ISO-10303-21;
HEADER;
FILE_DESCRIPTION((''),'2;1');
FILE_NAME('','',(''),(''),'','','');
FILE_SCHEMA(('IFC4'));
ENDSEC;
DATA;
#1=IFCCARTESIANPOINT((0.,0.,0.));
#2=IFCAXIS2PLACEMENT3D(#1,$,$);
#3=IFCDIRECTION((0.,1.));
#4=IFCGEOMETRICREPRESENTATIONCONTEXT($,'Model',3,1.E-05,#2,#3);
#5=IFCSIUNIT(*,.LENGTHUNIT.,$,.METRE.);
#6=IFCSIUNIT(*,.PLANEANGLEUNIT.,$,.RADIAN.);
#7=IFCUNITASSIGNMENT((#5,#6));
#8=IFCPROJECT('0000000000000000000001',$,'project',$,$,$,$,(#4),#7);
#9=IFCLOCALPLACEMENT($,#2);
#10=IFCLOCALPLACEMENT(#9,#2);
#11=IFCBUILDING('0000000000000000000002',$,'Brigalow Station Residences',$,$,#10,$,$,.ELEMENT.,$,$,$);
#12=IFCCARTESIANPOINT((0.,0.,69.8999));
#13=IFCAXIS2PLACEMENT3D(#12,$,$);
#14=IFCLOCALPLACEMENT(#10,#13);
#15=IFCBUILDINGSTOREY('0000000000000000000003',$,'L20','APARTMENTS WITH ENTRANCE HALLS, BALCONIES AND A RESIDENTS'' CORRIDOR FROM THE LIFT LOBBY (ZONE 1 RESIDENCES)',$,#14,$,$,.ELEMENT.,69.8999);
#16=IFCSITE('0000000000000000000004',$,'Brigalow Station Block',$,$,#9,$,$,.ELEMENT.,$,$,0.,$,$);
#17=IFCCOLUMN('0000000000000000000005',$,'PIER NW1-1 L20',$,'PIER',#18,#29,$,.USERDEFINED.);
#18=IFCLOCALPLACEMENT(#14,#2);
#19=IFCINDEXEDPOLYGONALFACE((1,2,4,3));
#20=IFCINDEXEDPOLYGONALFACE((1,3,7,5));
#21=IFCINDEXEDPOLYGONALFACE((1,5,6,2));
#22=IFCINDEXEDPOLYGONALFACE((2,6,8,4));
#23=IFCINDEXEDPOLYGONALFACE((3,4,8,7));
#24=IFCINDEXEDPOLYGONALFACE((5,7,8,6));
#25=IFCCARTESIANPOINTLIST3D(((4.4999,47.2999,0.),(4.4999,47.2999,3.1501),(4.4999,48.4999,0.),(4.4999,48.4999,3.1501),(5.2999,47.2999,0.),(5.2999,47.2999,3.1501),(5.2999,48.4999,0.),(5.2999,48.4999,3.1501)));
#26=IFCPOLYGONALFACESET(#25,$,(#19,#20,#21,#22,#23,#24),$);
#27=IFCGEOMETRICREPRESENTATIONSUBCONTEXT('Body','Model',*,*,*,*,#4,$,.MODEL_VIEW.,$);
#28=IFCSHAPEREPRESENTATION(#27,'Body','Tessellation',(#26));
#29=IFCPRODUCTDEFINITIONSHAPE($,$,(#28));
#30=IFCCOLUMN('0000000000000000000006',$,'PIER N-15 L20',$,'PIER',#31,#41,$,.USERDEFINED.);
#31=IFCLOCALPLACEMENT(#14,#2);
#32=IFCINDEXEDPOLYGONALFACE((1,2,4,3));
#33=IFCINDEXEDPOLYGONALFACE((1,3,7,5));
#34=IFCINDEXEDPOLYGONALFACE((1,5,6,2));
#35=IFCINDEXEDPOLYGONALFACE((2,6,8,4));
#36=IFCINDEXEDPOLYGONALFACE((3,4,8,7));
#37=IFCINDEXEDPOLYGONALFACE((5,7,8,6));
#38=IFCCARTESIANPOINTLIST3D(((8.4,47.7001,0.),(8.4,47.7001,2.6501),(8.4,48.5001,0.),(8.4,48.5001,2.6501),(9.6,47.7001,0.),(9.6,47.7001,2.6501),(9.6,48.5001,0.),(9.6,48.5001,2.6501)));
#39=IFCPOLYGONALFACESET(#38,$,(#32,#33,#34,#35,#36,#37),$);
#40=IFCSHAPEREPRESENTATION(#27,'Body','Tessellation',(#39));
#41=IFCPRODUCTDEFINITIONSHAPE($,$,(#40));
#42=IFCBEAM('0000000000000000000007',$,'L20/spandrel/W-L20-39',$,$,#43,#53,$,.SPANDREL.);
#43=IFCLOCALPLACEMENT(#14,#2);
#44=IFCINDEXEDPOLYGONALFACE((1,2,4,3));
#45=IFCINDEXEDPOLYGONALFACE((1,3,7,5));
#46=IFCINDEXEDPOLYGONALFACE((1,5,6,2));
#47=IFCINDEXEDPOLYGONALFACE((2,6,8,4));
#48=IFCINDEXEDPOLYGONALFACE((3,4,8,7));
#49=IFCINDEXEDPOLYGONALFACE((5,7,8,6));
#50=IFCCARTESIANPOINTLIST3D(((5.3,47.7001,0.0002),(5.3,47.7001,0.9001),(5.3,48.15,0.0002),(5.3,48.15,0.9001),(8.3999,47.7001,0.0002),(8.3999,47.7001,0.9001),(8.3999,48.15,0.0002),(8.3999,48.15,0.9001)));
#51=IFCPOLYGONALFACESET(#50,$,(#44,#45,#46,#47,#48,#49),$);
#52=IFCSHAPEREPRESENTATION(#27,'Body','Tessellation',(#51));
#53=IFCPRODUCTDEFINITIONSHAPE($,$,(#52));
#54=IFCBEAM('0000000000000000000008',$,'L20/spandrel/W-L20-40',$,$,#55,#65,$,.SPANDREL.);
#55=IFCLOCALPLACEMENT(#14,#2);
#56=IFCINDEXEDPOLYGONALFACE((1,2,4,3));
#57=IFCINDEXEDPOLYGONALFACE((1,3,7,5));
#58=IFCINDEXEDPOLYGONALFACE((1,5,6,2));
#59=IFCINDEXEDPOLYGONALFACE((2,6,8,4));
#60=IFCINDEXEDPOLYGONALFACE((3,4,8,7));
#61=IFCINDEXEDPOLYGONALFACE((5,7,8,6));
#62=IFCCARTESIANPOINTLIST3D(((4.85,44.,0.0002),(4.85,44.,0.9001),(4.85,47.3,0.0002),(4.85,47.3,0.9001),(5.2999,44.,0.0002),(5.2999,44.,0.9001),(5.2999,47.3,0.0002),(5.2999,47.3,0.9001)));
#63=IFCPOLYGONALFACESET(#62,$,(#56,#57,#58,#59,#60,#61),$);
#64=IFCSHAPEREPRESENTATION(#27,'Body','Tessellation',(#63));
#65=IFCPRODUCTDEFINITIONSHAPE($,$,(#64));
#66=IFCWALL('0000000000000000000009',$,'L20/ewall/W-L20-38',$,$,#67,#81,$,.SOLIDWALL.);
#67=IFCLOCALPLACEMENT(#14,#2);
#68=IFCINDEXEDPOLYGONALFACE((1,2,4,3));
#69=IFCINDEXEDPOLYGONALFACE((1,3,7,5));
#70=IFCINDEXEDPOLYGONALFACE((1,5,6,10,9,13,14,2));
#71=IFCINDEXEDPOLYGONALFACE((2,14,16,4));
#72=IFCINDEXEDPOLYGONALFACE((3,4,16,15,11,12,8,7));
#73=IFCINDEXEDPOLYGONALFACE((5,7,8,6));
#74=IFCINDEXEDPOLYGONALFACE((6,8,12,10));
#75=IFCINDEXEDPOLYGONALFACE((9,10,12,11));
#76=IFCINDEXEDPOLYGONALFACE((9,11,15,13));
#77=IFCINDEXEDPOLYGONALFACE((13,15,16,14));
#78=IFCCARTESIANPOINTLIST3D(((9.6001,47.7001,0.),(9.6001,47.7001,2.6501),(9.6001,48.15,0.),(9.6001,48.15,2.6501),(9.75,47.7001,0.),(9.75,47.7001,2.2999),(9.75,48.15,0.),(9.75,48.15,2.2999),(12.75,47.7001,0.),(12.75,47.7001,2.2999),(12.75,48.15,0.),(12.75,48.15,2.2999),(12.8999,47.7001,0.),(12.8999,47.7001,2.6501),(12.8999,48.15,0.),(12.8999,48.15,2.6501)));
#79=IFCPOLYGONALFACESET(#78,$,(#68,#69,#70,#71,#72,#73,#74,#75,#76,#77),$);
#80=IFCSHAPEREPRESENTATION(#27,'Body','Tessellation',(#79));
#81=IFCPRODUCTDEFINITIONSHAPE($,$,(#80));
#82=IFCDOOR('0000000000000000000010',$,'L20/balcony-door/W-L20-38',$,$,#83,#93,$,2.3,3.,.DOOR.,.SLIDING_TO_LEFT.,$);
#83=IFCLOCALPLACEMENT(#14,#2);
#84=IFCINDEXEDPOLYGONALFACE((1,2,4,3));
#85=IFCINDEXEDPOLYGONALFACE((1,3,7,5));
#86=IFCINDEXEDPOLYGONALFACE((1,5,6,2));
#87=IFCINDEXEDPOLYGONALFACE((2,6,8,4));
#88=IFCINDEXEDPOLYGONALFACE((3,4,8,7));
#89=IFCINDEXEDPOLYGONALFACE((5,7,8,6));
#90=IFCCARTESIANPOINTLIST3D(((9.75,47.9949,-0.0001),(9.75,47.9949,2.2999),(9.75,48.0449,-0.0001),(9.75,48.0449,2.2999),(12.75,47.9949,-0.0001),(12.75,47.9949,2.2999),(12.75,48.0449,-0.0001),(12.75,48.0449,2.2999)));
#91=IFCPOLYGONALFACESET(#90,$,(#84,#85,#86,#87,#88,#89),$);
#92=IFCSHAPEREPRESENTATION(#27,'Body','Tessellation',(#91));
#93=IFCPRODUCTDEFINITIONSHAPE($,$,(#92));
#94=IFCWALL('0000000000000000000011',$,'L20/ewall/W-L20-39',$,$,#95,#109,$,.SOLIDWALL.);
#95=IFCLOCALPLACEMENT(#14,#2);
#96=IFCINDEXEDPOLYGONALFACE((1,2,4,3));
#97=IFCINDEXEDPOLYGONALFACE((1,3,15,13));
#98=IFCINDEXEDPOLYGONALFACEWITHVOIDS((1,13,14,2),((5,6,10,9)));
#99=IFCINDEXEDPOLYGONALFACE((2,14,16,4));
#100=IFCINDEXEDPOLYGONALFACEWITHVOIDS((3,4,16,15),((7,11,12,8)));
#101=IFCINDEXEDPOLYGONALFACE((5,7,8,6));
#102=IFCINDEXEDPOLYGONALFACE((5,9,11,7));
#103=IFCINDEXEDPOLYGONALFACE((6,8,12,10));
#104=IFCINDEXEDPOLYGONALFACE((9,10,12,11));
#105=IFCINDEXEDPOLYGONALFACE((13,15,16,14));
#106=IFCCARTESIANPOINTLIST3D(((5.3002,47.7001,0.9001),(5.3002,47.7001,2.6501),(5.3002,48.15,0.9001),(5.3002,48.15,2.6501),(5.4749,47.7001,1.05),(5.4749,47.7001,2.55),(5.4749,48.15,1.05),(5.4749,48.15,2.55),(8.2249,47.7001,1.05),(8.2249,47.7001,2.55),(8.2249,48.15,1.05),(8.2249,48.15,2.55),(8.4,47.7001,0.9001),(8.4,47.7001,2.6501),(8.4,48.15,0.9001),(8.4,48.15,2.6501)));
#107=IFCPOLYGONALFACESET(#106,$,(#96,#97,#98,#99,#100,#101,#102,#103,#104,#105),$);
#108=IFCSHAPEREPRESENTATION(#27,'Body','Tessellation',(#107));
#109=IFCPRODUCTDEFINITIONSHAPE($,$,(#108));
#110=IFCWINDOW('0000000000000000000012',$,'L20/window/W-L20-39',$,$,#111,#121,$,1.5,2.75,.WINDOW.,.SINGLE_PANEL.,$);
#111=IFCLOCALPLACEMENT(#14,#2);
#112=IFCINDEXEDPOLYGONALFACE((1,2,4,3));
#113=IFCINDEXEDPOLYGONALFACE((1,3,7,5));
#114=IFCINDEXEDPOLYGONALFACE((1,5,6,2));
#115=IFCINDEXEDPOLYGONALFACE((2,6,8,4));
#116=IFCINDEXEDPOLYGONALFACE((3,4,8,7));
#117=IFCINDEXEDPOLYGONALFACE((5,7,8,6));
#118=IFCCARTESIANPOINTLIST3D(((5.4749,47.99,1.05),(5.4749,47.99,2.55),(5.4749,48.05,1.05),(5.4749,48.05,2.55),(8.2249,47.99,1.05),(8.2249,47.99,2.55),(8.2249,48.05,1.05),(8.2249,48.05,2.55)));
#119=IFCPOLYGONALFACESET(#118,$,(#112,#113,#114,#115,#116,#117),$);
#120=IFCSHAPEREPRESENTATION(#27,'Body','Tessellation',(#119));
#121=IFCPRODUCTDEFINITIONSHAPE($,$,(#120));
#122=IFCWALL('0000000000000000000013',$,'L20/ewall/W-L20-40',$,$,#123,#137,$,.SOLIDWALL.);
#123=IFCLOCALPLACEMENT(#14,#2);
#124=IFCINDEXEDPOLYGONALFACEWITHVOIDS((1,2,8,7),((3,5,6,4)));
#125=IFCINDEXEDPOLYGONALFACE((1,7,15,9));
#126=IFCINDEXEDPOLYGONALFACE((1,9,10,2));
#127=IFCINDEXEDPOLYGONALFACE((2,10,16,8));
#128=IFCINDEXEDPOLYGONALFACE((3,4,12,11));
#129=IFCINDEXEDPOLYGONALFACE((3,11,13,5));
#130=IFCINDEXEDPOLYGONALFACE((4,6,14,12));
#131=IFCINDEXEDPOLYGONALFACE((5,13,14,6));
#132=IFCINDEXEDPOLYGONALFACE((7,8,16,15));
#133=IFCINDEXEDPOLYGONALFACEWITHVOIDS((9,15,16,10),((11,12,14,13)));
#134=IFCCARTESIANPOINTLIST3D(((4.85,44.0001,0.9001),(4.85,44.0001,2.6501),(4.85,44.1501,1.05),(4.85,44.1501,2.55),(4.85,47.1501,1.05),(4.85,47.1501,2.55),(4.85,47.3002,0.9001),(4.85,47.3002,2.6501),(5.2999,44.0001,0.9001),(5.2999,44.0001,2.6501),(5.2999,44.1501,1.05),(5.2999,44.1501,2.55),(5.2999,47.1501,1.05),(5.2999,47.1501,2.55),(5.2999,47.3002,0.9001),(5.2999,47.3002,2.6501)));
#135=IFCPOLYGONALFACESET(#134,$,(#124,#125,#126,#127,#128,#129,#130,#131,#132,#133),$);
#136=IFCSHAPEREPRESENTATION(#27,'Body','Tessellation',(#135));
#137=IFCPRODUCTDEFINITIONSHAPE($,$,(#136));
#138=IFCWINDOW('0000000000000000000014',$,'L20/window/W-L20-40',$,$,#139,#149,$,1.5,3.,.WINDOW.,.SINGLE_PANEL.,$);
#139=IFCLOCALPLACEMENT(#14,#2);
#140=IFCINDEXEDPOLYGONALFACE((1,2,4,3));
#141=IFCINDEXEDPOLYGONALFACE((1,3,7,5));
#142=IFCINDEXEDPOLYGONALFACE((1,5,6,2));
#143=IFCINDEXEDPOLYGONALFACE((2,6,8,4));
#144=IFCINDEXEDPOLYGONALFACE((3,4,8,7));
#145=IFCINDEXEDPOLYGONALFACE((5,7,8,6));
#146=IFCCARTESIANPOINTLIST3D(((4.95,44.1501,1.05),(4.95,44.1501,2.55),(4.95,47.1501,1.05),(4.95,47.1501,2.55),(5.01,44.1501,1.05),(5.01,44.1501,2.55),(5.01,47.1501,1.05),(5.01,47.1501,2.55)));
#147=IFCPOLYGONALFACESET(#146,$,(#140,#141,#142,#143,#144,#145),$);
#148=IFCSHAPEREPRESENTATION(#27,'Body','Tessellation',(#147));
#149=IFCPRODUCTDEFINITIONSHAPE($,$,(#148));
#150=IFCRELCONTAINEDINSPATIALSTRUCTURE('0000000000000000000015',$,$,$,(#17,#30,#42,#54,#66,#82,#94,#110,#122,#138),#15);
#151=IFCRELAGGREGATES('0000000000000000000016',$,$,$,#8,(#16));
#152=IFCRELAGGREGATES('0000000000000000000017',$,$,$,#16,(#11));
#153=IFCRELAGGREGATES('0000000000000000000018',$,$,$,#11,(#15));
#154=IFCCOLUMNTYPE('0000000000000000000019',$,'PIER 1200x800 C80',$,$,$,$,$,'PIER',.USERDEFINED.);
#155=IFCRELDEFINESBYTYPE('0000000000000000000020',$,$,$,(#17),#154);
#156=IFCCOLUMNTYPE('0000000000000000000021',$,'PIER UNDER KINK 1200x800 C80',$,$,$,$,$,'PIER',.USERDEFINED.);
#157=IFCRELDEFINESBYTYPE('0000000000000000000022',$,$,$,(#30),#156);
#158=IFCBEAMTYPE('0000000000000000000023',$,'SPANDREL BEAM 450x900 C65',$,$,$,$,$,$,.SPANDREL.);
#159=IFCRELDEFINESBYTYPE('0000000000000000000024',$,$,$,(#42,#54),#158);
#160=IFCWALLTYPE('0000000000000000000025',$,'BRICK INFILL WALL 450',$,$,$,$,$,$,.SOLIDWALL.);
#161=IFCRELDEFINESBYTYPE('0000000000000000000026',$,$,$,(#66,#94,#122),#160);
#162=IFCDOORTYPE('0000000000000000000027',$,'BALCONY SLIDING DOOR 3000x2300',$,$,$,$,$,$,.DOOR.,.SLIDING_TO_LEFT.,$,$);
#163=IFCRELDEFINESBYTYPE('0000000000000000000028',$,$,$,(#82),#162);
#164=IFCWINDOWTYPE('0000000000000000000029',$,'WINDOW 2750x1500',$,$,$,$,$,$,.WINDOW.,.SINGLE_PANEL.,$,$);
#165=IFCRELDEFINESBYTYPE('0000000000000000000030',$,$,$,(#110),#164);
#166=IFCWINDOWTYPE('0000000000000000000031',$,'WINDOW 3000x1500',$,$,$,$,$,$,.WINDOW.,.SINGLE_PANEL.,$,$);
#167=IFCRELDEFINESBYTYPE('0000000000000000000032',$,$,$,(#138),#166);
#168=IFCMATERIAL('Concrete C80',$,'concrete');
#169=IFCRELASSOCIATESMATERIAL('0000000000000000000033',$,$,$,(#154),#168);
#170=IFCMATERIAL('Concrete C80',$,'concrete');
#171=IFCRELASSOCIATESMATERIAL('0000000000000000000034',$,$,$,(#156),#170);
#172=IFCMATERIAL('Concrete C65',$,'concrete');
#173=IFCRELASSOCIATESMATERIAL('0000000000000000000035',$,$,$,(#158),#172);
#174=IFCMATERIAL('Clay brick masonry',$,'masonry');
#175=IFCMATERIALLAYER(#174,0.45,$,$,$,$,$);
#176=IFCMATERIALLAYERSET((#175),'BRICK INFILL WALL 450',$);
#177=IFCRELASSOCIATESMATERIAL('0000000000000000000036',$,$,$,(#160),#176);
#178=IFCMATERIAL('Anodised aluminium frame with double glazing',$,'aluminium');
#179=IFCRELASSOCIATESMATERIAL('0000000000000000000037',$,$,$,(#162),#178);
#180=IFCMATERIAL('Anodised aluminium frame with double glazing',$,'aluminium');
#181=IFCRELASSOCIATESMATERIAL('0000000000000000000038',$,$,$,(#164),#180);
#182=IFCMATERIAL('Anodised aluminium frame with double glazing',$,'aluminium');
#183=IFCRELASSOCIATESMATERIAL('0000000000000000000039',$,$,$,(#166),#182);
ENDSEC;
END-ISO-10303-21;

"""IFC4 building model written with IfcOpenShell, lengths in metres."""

from ifc_helpers import new_model, si_unit, direction, frame, frame_2d, origin, origin_2d, place, context, subcontext, project, spatial, rectangle, extrude, material, layer, layer_set, material_profile, profile_set, type_object, element, fill, save


model = new_model("IFC4")

# Units and contexts
model_context = context("Model", 3, precision=1e-05, world=origin(), true_north=direction((0.0, 1.0)))
body_context = subcontext(model_context, "Body", "Model", "MODEL_VIEW")
ifc_project = project(units=[si_unit("LENGTHUNIT", "METRE"), si_unit("PLANEANGLEUNIT", "RADIAN")], contexts=[model_context])

# Site, building, storey
site_placement = place(None, origin())
site = spatial("IfcSite", under=ifc_project, at=site_placement, Name="Brigalow Station Block", CompositionType="ELEMENT", RefElevation=0.0)
building_placement = place(site_placement, origin())
building = spatial("IfcBuilding", under=site, at=building_placement, Name="Brigalow Station Residences", CompositionType="ELEMENT")
storey_placement = place(building_placement, frame((0.0, 0.0, 69.8999)))
storey = spatial("IfcBuildingStorey", under=building, at=storey_placement, Name="L20", Description="APARTMENTS WITH ENTRANCE HALLS, BALCONIES AND A RESIDENTS' CORRIDOR FROM THE LIFT LOBBY (ZONE 1 RESIDENCES)", CompositionType="ELEMENT", Elevation=69.8999)

# Columns
ifc_material_1 = material(Name="Concrete C80", Category="concrete")
ifc_material_profile_1 = material_profile(ifc_material_1, rectangle(XDim=1.2, YDim=0.8, at=origin_2d()), Name="RC1200x800")
ifc_profile_set_1 = profile_set([ifc_material_profile_1], Name="Concrete C80")
column_type_1 = type_object("IfcColumnType", Name="PIER 1200x800 C80", ElementType="PIER", PredefinedType="USERDEFINED", material=ifc_profile_set_1)
column_1_placement = place(storey_placement, frame((4.8999, 47.8999, 0.0), z_axis=(0.0, 0.0, 1.0), x_axis=(0.0, -1.0, 0.0)))
element("IfcColumn", 1, at=column_1_placement, inside=storey, type_object=column_type_1, Name="PIER NW1-1 L20", ObjectType="PIER", PredefinedType="USERDEFINED", context=body_context, shape_type="SweptSolid", body=[
    extrude(rectangle(XDim=1.2, YDim=0.8, at=origin_2d()), origin(), (0.0, 0.0, 1.0), 3.1501),
])
ifc_material_2 = material(Name="Concrete C80", Category="concrete")
ifc_material_profile_2 = material_profile(ifc_material_2, rectangle(XDim=1.2, YDim=0.8, at=origin_2d()), Name="RC1200x800")
ifc_profile_set_2 = profile_set([ifc_material_profile_2], Name="Concrete C80")
column_type_2 = type_object("IfcColumnType", Name="PIER UNDER KINK 1200x800 C80", ElementType="PIER", PredefinedType="USERDEFINED", material=ifc_profile_set_2)
column_2_placement = place(storey_placement, frame((9.0, 48.1001, 0.0), z_axis=(0.0, 0.0, 1.0), x_axis=(-1.0, 0.0, 0.0)))
element("IfcColumn", 2, at=column_2_placement, inside=storey, type_object=column_type_2, Name="PIER N-15 L20", ObjectType="PIER", PredefinedType="USERDEFINED", context=body_context, shape_type="SweptSolid", body=[
    extrude(rectangle(XDim=1.2, YDim=0.8, at=origin_2d()), origin(), (0.0, 0.0, 1.0), 2.6501),
])

# Beams
ifc_material_3 = material(Name="Concrete C65", Category="concrete")
ifc_material_profile_3 = material_profile(ifc_material_3, rectangle(XDim=0.45, YDim=0.8999, at=origin_2d()), Name="RC450x900")
ifc_profile_set_3 = profile_set([ifc_material_profile_3], Name="Concrete C65")
beam_type = type_object("IfcBeamType", Name="SPANDREL BEAM 450x900 C65", PredefinedType="SPANDREL", material=ifc_profile_set_3)
beam_1_placement = place(storey_placement, frame((8.3999, 47.925, 0.4502), z_axis=(-1.0, 0.0, 0.0), x_axis=(0.0, -1.0, 0.0)))
element("IfcBeam", 3, at=beam_1_placement, inside=storey, type_object=beam_type, Name="L20/spandrel/W-L20-39", PredefinedType="SPANDREL", context=body_context, shape_type="SweptSolid", body=[
    extrude(rectangle(XDim=0.45, YDim=0.8999, at=origin_2d()), origin(), (0.0, 0.0, 1.0), 3.0999),
])
beam_2_placement = place(storey_placement, frame((5.075, 47.3, 0.4502), z_axis=(0.0, -1.0, 0.0), x_axis=(1.0, 0.0, 0.0)))
element("IfcBeam", 4, at=beam_2_placement, inside=storey, type_object=beam_type, Name="L20/spandrel/W-L20-40", PredefinedType="SPANDREL", context=body_context, shape_type="SweptSolid", body=[
    extrude(rectangle(XDim=0.45, YDim=0.8999, at=origin_2d()), origin(), (0.0, 0.0, 1.0), 3.3),
])

# Wall, opening, door
ifc_material_4 = material(Name="Clay brick masonry", Category="masonry")
ifc_layer_1 = layer(ifc_material_4, 0.45)
ifc_layer_set_1 = layer_set([ifc_layer_1], Name="BRICK INFILL WALL 450")
wall_type_1 = type_object("IfcWallType", Name="BRICK INFILL WALL 450", PredefinedType="SOLIDWALL", material=ifc_layer_set_1)
wall_1_placement = place(storey_placement, frame((12.8999, 47.925, 0.0), z_axis=(0.0, 0.0, 1.0), x_axis=(-1.0, 0.0, 0.0)))
wall_1 = element("IfcWall", 5, at=wall_1_placement, inside=storey, type_object=wall_type_1, Name="L20/ewall/W-L20-38", PredefinedType="SOLIDWALL", context=body_context, shape_type="SweptSolid", body=[
    extrude(rectangle(XDim=3.2998, YDim=0.45, at=frame_2d((1.6499, 0.0))), origin(), (0.0, 0.0, 1.0), 2.6501),
])
opening_1_placement = place(wall_1_placement, frame((0.1499, 0.0, 0.0)))
opening_1 = element("IfcOpeningElement", 6, at=opening_1_placement, cuts=wall_1, PredefinedType="OPENING", context=body_context, shape_type="SweptSolid", body=[
    extrude(rectangle(XDim=3.0, YDim=2.3, at=frame_2d((1.5, 1.1499))), frame((0.0, 0.2349, 0.0), z_axis=(0.0, -1.0, 0.0), x_axis=(1.0, 0.0, 0.0)), (0.0, 0.0, 1.0), 0.47),
])
ifc_material_5 = material(Name="Anodised aluminium frame with double glazing", Category="aluminium")
door_type_1 = type_object("IfcDoorType", Name="BALCONY SLIDING DOOR 3000x2300", OperationType="SLIDING_TO_LEFT", PredefinedType="DOOR", material=ifc_material_5)
door_1_placement = place(opening_1_placement, origin())
door_1 = element("IfcDoor", 7, at=door_1_placement, inside=storey, type_object=door_type_1, Name="L20/balcony-door/W-L20-38", OperationType="SLIDING_TO_LEFT", OverallHeight=2.3, OverallWidth=3.0, PredefinedType="DOOR", context=body_context, shape_type="SweptSolid", body=[
    extrude(rectangle(XDim=3.0, YDim=2.3, at=frame_2d((1.5, 1.1499))), frame((0.0, -0.0698, 0.0), z_axis=(0.0, -1.0, 0.0), x_axis=(1.0, 0.0, 0.0)), (0.0, 0.0, 1.0), 0.05),
])
fill(opening_1, door_1)

# Walls, openings, windows
wall_2_placement = place(storey_placement, frame((8.3999, 47.925, 0.9001), z_axis=(0.0, 0.0, 1.0), x_axis=(-1.0, 0.0, 0.0)))
wall_2 = element("IfcWall", 8, at=wall_2_placement, inside=storey, type_object=wall_type_1, Name="L20/ewall/W-L20-39", PredefinedType="SOLIDWALL", context=body_context, shape_type="SweptSolid", body=[
    extrude(rectangle(XDim=3.0999, YDim=0.45, at=frame_2d((1.5498, 0.0))), origin(), (0.0, 0.0, 1.0), 1.75),
])
opening_2_placement = place(wall_2_placement, frame((0.175, 0.0, 0.1499)))
opening_2 = element("IfcOpeningElement", 9, at=opening_2_placement, cuts=wall_2, PredefinedType="OPENING", context=body_context, shape_type="SweptSolid", body=[
    extrude(rectangle(XDim=2.75, YDim=1.5, at=frame_2d((1.375, 0.75))), frame((0.0, 0.2349, 0.0), z_axis=(0.0, -1.0, 0.0), x_axis=(1.0, 0.0, 0.0)), (0.0, 0.0, 1.0), 0.47),
])
ifc_material_6 = material(Name="Anodised aluminium frame with double glazing", Category="aluminium")
window_type_1 = type_object("IfcWindowType", Name="WINDOW 2750x1500", PartitioningType="SINGLE_PANEL", PredefinedType="WINDOW", material=ifc_material_6)
window_1_placement = place(opening_2_placement, origin())
window_1 = element("IfcWindow", 10, at=window_1_placement, inside=storey, type_object=window_type_1, Name="L20/window/W-L20-39", OverallHeight=1.5, OverallWidth=2.75, PartitioningType="SINGLE_PANEL", PredefinedType="WINDOW", context=body_context, shape_type="SweptSolid", body=[
    extrude(rectangle(XDim=2.75, YDim=1.5, at=frame_2d((1.375, 0.75))), frame((0.0, -0.0649, 0.0), z_axis=(0.0, -1.0, 0.0), x_axis=(1.0, 0.0, 0.0)), (0.0, 0.0, 1.0), 0.0601),
])
fill(opening_2, window_1)
wall_3_placement = place(storey_placement, frame((5.075, 47.3, 0.9001), z_axis=(0.0, 0.0, 1.0), x_axis=(0.0, -1.0, 0.0)))
wall_3 = element("IfcWall", 11, at=wall_3_placement, inside=storey, type_object=wall_type_1, Name="L20/ewall/W-L20-40", PredefinedType="SOLIDWALL", context=body_context, shape_type="SweptSolid", body=[
    extrude(rectangle(XDim=3.3, YDim=0.45, at=frame_2d((1.6499, 0.0))), origin(), (0.0, 0.0, 1.0), 1.75),
])
opening_3_placement = place(wall_3_placement, frame((0.1499, 0.0, 0.1499)))
opening_3 = element("IfcOpeningElement", 12, at=opening_3_placement, cuts=wall_3, PredefinedType="OPENING", context=body_context, shape_type="SweptSolid", body=[
    extrude(rectangle(XDim=3.0, YDim=1.5, at=frame_2d((1.5, 0.75))), frame((0.0, 0.2349, 0.0), z_axis=(0.0, -1.0, 0.0), x_axis=(1.0, 0.0, 0.0)), (0.0, 0.0, 1.0), 0.47),
])
ifc_material_7 = material(Name="Anodised aluminium frame with double glazing", Category="aluminium")
window_type_2 = type_object("IfcWindowType", Name="WINDOW 3000x1500", PartitioningType="SINGLE_PANEL", PredefinedType="WINDOW", material=ifc_material_7)
window_2_placement = place(opening_3_placement, origin())
window_2 = element("IfcWindow", 13, at=window_2_placement, inside=storey, type_object=window_type_2, Name="L20/window/W-L20-40", OverallHeight=1.5, OverallWidth=3.0, PartitioningType="SINGLE_PANEL", PredefinedType="WINDOW", context=body_context, shape_type="SweptSolid", body=[
    extrude(rectangle(XDim=3.0, YDim=1.5, at=frame_2d((1.5, 0.75))), frame((0.0, -0.0649, 0.0), z_axis=(0.0, -1.0, 0.0), x_axis=(1.0, 0.0, 0.0)), (0.0, 0.0, 1.0), 0.0601),
])
fill(opening_3, window_2)

save(model, "model.ifc")
